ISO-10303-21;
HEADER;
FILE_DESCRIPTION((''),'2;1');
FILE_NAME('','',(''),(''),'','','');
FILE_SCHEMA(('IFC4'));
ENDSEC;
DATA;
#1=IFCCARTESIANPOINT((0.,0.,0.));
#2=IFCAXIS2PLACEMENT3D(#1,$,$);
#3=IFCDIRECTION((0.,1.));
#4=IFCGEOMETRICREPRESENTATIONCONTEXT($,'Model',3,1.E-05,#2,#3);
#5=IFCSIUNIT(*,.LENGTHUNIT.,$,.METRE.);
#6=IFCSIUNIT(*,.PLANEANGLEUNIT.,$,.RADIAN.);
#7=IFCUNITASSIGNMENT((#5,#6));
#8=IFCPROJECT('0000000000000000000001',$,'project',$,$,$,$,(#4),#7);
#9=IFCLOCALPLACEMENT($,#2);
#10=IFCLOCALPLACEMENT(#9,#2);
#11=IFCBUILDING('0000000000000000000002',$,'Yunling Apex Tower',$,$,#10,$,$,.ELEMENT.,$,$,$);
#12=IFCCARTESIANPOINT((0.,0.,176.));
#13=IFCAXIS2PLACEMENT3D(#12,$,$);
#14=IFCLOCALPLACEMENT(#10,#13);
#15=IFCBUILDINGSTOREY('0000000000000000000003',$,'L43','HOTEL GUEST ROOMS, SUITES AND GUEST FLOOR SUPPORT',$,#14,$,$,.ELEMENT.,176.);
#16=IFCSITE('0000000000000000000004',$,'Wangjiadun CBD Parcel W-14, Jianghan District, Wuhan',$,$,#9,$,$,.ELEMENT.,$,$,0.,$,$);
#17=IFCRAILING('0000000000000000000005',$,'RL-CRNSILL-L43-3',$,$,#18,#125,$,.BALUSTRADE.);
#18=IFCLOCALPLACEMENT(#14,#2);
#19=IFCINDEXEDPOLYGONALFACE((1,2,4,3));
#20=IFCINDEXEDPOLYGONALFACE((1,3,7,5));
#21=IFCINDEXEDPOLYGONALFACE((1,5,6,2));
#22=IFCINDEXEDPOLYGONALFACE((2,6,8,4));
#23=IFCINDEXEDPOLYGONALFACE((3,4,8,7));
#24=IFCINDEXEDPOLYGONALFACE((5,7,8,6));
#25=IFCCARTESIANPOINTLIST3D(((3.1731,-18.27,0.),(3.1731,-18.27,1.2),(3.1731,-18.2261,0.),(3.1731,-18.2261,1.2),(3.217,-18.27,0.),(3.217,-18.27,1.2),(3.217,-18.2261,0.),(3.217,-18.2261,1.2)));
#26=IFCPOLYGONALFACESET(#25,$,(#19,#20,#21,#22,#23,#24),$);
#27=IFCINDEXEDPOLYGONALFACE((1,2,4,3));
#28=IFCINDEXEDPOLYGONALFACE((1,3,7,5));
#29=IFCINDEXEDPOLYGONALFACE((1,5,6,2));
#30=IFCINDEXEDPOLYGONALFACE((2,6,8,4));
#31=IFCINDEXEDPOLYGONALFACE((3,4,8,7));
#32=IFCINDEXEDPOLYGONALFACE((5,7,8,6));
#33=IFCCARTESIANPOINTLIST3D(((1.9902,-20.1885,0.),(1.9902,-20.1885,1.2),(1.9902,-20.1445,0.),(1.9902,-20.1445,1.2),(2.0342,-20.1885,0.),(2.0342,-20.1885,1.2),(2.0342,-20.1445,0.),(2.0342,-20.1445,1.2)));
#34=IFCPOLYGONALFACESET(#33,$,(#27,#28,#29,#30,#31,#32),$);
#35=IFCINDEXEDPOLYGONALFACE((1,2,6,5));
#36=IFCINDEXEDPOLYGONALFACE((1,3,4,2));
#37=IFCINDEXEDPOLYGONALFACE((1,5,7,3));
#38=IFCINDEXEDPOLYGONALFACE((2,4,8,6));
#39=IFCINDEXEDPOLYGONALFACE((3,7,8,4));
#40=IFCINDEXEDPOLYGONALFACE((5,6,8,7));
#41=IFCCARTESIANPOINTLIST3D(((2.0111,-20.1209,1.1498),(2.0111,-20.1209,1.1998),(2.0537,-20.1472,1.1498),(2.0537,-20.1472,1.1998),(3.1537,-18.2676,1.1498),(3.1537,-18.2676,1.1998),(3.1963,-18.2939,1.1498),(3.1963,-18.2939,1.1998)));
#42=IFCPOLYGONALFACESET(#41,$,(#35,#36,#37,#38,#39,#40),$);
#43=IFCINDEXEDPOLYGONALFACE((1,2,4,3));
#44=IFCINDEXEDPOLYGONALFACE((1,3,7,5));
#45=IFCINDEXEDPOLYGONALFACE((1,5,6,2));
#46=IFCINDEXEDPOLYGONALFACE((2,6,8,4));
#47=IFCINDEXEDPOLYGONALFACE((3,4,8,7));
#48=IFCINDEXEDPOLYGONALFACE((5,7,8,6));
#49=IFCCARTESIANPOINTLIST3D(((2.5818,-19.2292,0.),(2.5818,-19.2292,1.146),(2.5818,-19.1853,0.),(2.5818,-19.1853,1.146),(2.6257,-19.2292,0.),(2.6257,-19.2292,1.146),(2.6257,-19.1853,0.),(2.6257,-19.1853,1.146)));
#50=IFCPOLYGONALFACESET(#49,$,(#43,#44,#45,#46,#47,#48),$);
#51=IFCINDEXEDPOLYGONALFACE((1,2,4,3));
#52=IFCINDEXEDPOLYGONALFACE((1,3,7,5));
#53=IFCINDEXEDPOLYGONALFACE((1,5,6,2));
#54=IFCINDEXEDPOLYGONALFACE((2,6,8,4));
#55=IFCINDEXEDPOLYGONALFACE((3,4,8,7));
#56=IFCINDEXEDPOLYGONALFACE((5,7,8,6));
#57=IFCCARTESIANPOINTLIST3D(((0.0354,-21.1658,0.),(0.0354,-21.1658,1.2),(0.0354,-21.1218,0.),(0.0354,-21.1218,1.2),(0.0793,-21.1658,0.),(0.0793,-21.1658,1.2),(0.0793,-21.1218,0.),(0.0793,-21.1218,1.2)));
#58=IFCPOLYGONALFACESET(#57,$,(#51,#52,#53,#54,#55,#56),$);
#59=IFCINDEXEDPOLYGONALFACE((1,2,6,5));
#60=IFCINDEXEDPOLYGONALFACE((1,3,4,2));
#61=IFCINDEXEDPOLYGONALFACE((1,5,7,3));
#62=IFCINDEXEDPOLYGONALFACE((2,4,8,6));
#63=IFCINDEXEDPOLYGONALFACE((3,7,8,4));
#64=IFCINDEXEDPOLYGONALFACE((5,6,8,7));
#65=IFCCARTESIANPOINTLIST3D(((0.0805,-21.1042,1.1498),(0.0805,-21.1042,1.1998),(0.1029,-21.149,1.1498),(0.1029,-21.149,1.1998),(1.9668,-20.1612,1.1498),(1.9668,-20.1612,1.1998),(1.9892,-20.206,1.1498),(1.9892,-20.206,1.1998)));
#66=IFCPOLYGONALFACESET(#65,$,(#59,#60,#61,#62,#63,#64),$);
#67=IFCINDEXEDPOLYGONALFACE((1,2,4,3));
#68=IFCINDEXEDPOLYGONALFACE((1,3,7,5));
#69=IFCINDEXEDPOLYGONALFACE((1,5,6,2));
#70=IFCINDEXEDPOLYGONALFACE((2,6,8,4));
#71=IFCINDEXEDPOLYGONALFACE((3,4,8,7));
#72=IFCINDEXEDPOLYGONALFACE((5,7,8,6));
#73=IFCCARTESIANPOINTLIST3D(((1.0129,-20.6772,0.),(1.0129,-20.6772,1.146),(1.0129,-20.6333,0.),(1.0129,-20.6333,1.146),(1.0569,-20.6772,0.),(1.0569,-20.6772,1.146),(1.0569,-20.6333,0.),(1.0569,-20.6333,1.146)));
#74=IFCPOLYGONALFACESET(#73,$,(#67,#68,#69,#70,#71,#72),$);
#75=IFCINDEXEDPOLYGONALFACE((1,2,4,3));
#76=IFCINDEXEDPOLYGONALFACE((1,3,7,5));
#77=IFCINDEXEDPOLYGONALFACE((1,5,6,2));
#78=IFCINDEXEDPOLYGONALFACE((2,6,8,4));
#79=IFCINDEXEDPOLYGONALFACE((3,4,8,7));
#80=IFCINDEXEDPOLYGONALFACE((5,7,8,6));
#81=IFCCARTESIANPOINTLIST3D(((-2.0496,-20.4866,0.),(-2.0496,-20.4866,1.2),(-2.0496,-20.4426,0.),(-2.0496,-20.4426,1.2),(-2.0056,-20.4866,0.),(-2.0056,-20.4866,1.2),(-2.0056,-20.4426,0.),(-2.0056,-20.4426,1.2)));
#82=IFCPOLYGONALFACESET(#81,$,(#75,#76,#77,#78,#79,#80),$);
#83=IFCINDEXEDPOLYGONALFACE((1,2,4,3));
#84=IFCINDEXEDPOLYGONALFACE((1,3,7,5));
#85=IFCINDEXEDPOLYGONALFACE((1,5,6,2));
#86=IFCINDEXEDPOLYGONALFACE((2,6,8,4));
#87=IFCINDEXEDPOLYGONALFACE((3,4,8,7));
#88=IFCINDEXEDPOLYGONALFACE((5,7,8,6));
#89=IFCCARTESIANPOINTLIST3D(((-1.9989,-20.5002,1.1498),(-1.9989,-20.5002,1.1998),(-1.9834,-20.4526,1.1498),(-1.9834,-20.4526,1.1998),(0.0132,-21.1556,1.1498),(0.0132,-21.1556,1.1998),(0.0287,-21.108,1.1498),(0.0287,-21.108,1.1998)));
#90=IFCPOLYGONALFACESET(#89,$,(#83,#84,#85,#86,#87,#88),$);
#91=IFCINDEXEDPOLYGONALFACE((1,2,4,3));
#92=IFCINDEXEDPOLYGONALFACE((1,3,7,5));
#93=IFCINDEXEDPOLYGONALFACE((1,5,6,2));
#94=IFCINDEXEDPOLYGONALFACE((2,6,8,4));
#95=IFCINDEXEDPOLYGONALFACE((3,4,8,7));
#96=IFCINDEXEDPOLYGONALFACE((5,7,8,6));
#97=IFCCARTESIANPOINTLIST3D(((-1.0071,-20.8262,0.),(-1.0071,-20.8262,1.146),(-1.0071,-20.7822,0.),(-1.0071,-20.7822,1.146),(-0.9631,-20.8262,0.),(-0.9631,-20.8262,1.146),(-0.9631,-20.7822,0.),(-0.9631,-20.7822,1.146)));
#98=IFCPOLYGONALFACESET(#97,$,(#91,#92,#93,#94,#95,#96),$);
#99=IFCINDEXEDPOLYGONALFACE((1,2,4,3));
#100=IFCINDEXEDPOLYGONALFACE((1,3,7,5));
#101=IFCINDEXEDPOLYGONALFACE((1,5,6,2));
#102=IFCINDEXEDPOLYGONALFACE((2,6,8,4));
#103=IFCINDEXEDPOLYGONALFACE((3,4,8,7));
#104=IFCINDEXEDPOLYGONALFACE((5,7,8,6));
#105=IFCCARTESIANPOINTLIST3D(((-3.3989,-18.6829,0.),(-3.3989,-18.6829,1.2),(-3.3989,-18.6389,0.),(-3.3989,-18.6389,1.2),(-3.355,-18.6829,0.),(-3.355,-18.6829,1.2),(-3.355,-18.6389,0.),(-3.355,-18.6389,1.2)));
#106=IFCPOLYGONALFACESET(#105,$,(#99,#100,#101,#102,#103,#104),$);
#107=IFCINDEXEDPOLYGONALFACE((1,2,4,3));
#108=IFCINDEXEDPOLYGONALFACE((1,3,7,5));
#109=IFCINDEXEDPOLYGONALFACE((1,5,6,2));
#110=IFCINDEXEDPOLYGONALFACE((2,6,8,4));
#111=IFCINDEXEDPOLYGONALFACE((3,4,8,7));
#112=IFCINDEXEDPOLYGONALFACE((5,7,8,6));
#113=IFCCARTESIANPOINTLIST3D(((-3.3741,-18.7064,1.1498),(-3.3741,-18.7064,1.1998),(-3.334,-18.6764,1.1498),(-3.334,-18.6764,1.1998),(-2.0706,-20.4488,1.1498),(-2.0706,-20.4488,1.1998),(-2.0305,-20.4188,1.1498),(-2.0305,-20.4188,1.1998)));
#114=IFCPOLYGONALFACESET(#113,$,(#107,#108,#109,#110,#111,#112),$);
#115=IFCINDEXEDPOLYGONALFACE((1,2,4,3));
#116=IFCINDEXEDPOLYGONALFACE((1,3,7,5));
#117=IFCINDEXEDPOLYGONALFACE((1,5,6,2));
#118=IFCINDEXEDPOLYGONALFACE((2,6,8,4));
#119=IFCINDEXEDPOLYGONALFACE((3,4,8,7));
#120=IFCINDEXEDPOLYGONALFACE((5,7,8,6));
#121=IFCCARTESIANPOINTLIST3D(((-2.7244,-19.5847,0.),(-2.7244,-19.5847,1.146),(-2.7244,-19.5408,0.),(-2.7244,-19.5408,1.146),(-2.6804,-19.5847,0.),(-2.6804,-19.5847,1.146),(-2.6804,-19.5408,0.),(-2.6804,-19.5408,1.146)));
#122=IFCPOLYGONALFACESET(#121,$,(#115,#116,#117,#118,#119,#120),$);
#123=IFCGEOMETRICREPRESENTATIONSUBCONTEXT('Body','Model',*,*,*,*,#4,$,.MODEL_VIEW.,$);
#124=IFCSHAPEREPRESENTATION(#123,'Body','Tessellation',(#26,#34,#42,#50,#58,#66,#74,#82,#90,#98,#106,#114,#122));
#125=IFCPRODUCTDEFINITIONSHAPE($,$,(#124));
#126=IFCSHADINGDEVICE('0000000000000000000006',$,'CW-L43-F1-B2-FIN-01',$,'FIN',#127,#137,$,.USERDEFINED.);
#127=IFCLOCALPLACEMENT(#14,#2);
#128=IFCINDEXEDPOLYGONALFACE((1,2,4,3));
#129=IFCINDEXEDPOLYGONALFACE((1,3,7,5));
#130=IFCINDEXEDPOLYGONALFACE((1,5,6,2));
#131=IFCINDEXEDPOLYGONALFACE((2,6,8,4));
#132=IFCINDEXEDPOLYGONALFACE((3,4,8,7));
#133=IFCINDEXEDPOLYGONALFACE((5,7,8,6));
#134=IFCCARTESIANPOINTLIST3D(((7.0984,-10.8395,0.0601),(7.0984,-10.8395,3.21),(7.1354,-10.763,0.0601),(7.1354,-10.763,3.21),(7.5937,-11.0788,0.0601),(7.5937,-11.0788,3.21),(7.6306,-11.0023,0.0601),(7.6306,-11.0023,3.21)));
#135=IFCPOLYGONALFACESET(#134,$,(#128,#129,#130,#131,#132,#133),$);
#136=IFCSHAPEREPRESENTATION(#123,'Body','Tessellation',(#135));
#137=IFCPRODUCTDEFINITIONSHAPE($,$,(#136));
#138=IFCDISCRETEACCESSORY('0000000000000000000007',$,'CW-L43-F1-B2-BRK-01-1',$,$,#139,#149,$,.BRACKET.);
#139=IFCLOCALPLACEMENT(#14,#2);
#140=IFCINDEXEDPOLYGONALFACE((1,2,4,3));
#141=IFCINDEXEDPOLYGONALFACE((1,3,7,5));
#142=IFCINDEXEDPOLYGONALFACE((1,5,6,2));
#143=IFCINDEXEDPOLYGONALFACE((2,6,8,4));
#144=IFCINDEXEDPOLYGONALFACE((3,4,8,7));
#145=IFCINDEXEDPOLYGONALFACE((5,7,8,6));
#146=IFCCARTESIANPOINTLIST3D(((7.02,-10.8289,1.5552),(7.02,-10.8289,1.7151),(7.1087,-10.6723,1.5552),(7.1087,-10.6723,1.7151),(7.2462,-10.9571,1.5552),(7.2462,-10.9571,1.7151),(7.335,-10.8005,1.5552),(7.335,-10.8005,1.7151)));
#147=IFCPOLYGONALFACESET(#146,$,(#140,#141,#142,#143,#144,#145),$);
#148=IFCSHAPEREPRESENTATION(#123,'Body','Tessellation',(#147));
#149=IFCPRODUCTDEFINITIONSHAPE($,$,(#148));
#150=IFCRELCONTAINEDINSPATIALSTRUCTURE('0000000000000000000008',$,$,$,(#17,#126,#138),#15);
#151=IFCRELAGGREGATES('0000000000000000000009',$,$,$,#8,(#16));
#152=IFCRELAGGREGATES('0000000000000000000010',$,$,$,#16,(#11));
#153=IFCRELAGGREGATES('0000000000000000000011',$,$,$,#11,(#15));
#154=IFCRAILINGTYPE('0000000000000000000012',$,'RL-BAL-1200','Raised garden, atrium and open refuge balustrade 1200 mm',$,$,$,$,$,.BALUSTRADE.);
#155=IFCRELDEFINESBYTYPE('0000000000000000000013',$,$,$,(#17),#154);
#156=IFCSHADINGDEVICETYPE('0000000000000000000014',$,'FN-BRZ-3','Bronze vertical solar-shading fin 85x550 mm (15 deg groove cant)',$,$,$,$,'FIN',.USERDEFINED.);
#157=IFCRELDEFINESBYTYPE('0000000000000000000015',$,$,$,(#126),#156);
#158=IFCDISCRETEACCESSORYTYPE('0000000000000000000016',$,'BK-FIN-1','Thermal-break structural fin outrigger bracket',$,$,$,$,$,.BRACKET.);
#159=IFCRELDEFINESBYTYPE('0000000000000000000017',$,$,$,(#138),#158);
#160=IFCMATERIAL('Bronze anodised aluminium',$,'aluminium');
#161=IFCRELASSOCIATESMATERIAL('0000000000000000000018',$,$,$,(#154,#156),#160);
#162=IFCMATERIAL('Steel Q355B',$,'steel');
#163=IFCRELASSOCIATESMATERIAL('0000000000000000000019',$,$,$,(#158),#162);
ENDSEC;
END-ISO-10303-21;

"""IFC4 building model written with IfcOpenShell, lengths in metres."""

from ifc_helpers import new_model, si_unit, direction, frame, origin, origin_2d, place, context, subcontext, project, spatial, rectangle, extrude, source, transform, mapped, material, material_profile, profile_set, type_object, element, save


model = new_model("IFC4")

# Units and contexts
model_context = context("Model", 3, precision=1e-05, world=origin(), true_north=direction((0.0, 1.0)))
body_context = subcontext(model_context, "Body", "Model", "MODEL_VIEW")
ifc_project = project(units=[si_unit("LENGTHUNIT", "METRE"), si_unit("PLANEANGLEUNIT", "RADIAN")], contexts=[model_context])

# Site, building, storey
site_placement = place(None, origin())
site = spatial("IfcSite", under=ifc_project, at=site_placement, Name="Wangjiadun CBD Parcel W-14, Jianghan District, Wuhan", CompositionType="ELEMENT", RefElevation=0.0)
building_placement = place(site_placement, origin())
building = spatial("IfcBuilding", under=site, at=building_placement, Name="Yunling Apex Tower", CompositionType="ELEMENT")
storey_placement = place(building_placement, frame((0.0, 0.0, 176.0)))
storey = spatial("IfcBuildingStorey", under=building, at=storey_placement, Name="L43", Description="HOTEL GUEST ROOMS, SUITES AND GUEST FLOOR SUPPORT", CompositionType="ELEMENT", Elevation=176.0)

# Shared definitions
ifc_material_1 = material(Name="Steel Q355B", Category="steel")

# Shared definitions
ifc_material_2 = material(Name="Bronze anodised aluminium", Category="aluminium")

# Railing
railing_type = type_object("IfcRailingType", Name="RL-BAL-1200", Description="Raised garden, atrium and open refuge balustrade 1200 mm", PredefinedType="BALUSTRADE", material=ifc_material_2)
railing_placement = place(storey_placement, frame((3.1951, -18.248, 0.0)))
element("IfcRailing", 1, at=railing_placement, inside=storey, type_object=railing_type, Name="RL-CRNSILL-L43-3", PredefinedType="BALUSTRADE", context=body_context, shape_type="SweptSolid", body=[
    extrude(rectangle(XDim=0.0439, YDim=0.0439, at=origin_2d()), origin(), (0.0, 0.0, 1.0), 1.2),
    extrude(rectangle(XDim=0.0439, YDim=0.0439, at=origin_2d()), frame((-1.1829, -1.9185, 0.0)), (0.0, 0.0, 1.0), 1.2),
    extrude(rectangle(XDim=0.05, YDim=0.05, at=origin_2d()), frame((-0.02, -0.0327, 1.1748), z_axis=(-0.524829, -0.851208, 0.0), x_axis=(0.851208, -0.524829, 0.0)), (0.0, 0.0, 1.0), 2.1772),
    extrude(rectangle(XDim=0.0439, YDim=0.0439, at=origin_2d()), frame((-0.5913, -0.9592, 0.0)), (0.0, 0.0, 1.0), 1.146),
    extrude(rectangle(XDim=0.0439, YDim=0.0439, at=origin_2d()), frame((-3.1377, -2.8958, 0.0)), (0.0, 0.0, 1.0), 1.2),
    extrude(rectangle(XDim=0.05, YDim=0.05, at=origin_2d()), frame((-1.217, -1.9355, 1.1748), z_axis=(-0.89445, -0.447169, 0.0), x_axis=(0.447169, -0.89445, 0.0)), (0.0, 0.0, 1.0), 2.1089),
    extrude(rectangle(XDim=0.0439, YDim=0.0439, at=origin_2d()), frame((-2.1602, -2.4072, 0.0)), (0.0, 0.0, 1.0), 1.146),
    extrude(rectangle(XDim=0.0439, YDim=0.0439, at=origin_2d()), frame((-5.2227, -2.2166, 0.0)), (0.0, 0.0, 1.0), 1.2),
    extrude(rectangle(XDim=0.05, YDim=0.05, at=origin_2d()), frame((-3.1741, -2.8838, 1.1748), z_axis=(-0.950821, 0.309741, 0.0), x_axis=(-0.309741, -0.950821, 0.0)), (0.0, 0.0, 1.0), 2.1162),
    extrude(rectangle(XDim=0.0439, YDim=0.0439, at=origin_2d()), frame((-4.1802, -2.5562, 0.0)), (0.0, 0.0, 1.0), 1.146),
    extrude(rectangle(XDim=0.0439, YDim=0.0439, at=origin_2d()), frame((-6.572, -0.4128, 0.0)), (0.0, 0.0, 1.0), 1.2),
    extrude(rectangle(XDim=0.05, YDim=0.05, at=origin_2d()), frame((-5.2456, -2.1858, 1.1748), z_axis=(-0.599028, 0.800728, 0.0), x_axis=(-0.800728, -0.599028, 0.0)), (0.0, 0.0, 1.0), 2.176),
    extrude(rectangle(XDim=0.0439, YDim=0.0439, at=origin_2d()), frame((-5.8975, -1.3147, 0.0)), (0.0, 0.0, 1.0), 1.146),
])

# Shading device
ifc_material_profile_1 = material_profile(ifc_material_2, rectangle(XDim=0.085, YDim=0.55, at=origin_2d()))
ifc_profile_set_1 = profile_set([ifc_material_profile_1], Name="Bronze anodised aluminium")
shading_device_type = type_object("IfcShadingDeviceType", Name="FN-BRZ-3", Description="Bronze vertical solar-shading fin 85x550 mm (15 deg groove cant)", ElementType="FIN", PredefinedType="USERDEFINED", material=ifc_profile_set_1)
shared_shape_1 = source(origin(), body_context, "Body", "SweptSolid", [
    extrude(rectangle(XDim=0.085, YDim=0.55, at=origin_2d()), origin(), (0.0, 0.0, 1.0), 3.1499),
])
shading_device_placement = place(storey_placement, frame((7.3645, -10.9209, 0.0601), z_axis=(0.0, 0.0, 1.0), x_axis=(0.435074, 0.900395, 0.0)))
element("IfcShadingDevice", 2, at=shading_device_placement, inside=storey, type_object=shading_device_type, Name="CW-L43-F1-B2-FIN-01", ObjectType="FIN", PredefinedType="USERDEFINED", context=body_context, shape_type="MappedRepresentation", body=[
    mapped(shared_shape_1, transform((0.0, 0.0, 0.0), scale=1.0)),
])

# Discrete accessory
discrete_accessory_type = type_object("IfcDiscreteAccessoryType", Name="BK-FIN-1", Description="Thermal-break structural fin outrigger bracket", PredefinedType="BRACKET", material=ifc_material_1)
shared_shape_2 = source(origin(), body_context, "Body", "SweptSolid", [
    extrude(rectangle(XDim=0.1799, YDim=0.26, at=origin_2d()), origin(), (0.0, 0.0, 1.0), 0.1599),
])
discrete_accessory_placement = place(storey_placement, frame((7.1775, -10.8147, 1.5552), z_axis=(0.0, 0.0, 1.0), x_axis=(0.493031, 0.870012, 0.0)))
element("IfcDiscreteAccessory", 3, at=discrete_accessory_placement, inside=storey, type_object=discrete_accessory_type, Name="CW-L43-F1-B2-BRK-01-1", PredefinedType="BRACKET", context=body_context, shape_type="MappedRepresentation", body=[
    mapped(shared_shape_2, transform((0.0, 0.0, 0.0), scale=1.0)),
])

save(model, "model.ifc")
